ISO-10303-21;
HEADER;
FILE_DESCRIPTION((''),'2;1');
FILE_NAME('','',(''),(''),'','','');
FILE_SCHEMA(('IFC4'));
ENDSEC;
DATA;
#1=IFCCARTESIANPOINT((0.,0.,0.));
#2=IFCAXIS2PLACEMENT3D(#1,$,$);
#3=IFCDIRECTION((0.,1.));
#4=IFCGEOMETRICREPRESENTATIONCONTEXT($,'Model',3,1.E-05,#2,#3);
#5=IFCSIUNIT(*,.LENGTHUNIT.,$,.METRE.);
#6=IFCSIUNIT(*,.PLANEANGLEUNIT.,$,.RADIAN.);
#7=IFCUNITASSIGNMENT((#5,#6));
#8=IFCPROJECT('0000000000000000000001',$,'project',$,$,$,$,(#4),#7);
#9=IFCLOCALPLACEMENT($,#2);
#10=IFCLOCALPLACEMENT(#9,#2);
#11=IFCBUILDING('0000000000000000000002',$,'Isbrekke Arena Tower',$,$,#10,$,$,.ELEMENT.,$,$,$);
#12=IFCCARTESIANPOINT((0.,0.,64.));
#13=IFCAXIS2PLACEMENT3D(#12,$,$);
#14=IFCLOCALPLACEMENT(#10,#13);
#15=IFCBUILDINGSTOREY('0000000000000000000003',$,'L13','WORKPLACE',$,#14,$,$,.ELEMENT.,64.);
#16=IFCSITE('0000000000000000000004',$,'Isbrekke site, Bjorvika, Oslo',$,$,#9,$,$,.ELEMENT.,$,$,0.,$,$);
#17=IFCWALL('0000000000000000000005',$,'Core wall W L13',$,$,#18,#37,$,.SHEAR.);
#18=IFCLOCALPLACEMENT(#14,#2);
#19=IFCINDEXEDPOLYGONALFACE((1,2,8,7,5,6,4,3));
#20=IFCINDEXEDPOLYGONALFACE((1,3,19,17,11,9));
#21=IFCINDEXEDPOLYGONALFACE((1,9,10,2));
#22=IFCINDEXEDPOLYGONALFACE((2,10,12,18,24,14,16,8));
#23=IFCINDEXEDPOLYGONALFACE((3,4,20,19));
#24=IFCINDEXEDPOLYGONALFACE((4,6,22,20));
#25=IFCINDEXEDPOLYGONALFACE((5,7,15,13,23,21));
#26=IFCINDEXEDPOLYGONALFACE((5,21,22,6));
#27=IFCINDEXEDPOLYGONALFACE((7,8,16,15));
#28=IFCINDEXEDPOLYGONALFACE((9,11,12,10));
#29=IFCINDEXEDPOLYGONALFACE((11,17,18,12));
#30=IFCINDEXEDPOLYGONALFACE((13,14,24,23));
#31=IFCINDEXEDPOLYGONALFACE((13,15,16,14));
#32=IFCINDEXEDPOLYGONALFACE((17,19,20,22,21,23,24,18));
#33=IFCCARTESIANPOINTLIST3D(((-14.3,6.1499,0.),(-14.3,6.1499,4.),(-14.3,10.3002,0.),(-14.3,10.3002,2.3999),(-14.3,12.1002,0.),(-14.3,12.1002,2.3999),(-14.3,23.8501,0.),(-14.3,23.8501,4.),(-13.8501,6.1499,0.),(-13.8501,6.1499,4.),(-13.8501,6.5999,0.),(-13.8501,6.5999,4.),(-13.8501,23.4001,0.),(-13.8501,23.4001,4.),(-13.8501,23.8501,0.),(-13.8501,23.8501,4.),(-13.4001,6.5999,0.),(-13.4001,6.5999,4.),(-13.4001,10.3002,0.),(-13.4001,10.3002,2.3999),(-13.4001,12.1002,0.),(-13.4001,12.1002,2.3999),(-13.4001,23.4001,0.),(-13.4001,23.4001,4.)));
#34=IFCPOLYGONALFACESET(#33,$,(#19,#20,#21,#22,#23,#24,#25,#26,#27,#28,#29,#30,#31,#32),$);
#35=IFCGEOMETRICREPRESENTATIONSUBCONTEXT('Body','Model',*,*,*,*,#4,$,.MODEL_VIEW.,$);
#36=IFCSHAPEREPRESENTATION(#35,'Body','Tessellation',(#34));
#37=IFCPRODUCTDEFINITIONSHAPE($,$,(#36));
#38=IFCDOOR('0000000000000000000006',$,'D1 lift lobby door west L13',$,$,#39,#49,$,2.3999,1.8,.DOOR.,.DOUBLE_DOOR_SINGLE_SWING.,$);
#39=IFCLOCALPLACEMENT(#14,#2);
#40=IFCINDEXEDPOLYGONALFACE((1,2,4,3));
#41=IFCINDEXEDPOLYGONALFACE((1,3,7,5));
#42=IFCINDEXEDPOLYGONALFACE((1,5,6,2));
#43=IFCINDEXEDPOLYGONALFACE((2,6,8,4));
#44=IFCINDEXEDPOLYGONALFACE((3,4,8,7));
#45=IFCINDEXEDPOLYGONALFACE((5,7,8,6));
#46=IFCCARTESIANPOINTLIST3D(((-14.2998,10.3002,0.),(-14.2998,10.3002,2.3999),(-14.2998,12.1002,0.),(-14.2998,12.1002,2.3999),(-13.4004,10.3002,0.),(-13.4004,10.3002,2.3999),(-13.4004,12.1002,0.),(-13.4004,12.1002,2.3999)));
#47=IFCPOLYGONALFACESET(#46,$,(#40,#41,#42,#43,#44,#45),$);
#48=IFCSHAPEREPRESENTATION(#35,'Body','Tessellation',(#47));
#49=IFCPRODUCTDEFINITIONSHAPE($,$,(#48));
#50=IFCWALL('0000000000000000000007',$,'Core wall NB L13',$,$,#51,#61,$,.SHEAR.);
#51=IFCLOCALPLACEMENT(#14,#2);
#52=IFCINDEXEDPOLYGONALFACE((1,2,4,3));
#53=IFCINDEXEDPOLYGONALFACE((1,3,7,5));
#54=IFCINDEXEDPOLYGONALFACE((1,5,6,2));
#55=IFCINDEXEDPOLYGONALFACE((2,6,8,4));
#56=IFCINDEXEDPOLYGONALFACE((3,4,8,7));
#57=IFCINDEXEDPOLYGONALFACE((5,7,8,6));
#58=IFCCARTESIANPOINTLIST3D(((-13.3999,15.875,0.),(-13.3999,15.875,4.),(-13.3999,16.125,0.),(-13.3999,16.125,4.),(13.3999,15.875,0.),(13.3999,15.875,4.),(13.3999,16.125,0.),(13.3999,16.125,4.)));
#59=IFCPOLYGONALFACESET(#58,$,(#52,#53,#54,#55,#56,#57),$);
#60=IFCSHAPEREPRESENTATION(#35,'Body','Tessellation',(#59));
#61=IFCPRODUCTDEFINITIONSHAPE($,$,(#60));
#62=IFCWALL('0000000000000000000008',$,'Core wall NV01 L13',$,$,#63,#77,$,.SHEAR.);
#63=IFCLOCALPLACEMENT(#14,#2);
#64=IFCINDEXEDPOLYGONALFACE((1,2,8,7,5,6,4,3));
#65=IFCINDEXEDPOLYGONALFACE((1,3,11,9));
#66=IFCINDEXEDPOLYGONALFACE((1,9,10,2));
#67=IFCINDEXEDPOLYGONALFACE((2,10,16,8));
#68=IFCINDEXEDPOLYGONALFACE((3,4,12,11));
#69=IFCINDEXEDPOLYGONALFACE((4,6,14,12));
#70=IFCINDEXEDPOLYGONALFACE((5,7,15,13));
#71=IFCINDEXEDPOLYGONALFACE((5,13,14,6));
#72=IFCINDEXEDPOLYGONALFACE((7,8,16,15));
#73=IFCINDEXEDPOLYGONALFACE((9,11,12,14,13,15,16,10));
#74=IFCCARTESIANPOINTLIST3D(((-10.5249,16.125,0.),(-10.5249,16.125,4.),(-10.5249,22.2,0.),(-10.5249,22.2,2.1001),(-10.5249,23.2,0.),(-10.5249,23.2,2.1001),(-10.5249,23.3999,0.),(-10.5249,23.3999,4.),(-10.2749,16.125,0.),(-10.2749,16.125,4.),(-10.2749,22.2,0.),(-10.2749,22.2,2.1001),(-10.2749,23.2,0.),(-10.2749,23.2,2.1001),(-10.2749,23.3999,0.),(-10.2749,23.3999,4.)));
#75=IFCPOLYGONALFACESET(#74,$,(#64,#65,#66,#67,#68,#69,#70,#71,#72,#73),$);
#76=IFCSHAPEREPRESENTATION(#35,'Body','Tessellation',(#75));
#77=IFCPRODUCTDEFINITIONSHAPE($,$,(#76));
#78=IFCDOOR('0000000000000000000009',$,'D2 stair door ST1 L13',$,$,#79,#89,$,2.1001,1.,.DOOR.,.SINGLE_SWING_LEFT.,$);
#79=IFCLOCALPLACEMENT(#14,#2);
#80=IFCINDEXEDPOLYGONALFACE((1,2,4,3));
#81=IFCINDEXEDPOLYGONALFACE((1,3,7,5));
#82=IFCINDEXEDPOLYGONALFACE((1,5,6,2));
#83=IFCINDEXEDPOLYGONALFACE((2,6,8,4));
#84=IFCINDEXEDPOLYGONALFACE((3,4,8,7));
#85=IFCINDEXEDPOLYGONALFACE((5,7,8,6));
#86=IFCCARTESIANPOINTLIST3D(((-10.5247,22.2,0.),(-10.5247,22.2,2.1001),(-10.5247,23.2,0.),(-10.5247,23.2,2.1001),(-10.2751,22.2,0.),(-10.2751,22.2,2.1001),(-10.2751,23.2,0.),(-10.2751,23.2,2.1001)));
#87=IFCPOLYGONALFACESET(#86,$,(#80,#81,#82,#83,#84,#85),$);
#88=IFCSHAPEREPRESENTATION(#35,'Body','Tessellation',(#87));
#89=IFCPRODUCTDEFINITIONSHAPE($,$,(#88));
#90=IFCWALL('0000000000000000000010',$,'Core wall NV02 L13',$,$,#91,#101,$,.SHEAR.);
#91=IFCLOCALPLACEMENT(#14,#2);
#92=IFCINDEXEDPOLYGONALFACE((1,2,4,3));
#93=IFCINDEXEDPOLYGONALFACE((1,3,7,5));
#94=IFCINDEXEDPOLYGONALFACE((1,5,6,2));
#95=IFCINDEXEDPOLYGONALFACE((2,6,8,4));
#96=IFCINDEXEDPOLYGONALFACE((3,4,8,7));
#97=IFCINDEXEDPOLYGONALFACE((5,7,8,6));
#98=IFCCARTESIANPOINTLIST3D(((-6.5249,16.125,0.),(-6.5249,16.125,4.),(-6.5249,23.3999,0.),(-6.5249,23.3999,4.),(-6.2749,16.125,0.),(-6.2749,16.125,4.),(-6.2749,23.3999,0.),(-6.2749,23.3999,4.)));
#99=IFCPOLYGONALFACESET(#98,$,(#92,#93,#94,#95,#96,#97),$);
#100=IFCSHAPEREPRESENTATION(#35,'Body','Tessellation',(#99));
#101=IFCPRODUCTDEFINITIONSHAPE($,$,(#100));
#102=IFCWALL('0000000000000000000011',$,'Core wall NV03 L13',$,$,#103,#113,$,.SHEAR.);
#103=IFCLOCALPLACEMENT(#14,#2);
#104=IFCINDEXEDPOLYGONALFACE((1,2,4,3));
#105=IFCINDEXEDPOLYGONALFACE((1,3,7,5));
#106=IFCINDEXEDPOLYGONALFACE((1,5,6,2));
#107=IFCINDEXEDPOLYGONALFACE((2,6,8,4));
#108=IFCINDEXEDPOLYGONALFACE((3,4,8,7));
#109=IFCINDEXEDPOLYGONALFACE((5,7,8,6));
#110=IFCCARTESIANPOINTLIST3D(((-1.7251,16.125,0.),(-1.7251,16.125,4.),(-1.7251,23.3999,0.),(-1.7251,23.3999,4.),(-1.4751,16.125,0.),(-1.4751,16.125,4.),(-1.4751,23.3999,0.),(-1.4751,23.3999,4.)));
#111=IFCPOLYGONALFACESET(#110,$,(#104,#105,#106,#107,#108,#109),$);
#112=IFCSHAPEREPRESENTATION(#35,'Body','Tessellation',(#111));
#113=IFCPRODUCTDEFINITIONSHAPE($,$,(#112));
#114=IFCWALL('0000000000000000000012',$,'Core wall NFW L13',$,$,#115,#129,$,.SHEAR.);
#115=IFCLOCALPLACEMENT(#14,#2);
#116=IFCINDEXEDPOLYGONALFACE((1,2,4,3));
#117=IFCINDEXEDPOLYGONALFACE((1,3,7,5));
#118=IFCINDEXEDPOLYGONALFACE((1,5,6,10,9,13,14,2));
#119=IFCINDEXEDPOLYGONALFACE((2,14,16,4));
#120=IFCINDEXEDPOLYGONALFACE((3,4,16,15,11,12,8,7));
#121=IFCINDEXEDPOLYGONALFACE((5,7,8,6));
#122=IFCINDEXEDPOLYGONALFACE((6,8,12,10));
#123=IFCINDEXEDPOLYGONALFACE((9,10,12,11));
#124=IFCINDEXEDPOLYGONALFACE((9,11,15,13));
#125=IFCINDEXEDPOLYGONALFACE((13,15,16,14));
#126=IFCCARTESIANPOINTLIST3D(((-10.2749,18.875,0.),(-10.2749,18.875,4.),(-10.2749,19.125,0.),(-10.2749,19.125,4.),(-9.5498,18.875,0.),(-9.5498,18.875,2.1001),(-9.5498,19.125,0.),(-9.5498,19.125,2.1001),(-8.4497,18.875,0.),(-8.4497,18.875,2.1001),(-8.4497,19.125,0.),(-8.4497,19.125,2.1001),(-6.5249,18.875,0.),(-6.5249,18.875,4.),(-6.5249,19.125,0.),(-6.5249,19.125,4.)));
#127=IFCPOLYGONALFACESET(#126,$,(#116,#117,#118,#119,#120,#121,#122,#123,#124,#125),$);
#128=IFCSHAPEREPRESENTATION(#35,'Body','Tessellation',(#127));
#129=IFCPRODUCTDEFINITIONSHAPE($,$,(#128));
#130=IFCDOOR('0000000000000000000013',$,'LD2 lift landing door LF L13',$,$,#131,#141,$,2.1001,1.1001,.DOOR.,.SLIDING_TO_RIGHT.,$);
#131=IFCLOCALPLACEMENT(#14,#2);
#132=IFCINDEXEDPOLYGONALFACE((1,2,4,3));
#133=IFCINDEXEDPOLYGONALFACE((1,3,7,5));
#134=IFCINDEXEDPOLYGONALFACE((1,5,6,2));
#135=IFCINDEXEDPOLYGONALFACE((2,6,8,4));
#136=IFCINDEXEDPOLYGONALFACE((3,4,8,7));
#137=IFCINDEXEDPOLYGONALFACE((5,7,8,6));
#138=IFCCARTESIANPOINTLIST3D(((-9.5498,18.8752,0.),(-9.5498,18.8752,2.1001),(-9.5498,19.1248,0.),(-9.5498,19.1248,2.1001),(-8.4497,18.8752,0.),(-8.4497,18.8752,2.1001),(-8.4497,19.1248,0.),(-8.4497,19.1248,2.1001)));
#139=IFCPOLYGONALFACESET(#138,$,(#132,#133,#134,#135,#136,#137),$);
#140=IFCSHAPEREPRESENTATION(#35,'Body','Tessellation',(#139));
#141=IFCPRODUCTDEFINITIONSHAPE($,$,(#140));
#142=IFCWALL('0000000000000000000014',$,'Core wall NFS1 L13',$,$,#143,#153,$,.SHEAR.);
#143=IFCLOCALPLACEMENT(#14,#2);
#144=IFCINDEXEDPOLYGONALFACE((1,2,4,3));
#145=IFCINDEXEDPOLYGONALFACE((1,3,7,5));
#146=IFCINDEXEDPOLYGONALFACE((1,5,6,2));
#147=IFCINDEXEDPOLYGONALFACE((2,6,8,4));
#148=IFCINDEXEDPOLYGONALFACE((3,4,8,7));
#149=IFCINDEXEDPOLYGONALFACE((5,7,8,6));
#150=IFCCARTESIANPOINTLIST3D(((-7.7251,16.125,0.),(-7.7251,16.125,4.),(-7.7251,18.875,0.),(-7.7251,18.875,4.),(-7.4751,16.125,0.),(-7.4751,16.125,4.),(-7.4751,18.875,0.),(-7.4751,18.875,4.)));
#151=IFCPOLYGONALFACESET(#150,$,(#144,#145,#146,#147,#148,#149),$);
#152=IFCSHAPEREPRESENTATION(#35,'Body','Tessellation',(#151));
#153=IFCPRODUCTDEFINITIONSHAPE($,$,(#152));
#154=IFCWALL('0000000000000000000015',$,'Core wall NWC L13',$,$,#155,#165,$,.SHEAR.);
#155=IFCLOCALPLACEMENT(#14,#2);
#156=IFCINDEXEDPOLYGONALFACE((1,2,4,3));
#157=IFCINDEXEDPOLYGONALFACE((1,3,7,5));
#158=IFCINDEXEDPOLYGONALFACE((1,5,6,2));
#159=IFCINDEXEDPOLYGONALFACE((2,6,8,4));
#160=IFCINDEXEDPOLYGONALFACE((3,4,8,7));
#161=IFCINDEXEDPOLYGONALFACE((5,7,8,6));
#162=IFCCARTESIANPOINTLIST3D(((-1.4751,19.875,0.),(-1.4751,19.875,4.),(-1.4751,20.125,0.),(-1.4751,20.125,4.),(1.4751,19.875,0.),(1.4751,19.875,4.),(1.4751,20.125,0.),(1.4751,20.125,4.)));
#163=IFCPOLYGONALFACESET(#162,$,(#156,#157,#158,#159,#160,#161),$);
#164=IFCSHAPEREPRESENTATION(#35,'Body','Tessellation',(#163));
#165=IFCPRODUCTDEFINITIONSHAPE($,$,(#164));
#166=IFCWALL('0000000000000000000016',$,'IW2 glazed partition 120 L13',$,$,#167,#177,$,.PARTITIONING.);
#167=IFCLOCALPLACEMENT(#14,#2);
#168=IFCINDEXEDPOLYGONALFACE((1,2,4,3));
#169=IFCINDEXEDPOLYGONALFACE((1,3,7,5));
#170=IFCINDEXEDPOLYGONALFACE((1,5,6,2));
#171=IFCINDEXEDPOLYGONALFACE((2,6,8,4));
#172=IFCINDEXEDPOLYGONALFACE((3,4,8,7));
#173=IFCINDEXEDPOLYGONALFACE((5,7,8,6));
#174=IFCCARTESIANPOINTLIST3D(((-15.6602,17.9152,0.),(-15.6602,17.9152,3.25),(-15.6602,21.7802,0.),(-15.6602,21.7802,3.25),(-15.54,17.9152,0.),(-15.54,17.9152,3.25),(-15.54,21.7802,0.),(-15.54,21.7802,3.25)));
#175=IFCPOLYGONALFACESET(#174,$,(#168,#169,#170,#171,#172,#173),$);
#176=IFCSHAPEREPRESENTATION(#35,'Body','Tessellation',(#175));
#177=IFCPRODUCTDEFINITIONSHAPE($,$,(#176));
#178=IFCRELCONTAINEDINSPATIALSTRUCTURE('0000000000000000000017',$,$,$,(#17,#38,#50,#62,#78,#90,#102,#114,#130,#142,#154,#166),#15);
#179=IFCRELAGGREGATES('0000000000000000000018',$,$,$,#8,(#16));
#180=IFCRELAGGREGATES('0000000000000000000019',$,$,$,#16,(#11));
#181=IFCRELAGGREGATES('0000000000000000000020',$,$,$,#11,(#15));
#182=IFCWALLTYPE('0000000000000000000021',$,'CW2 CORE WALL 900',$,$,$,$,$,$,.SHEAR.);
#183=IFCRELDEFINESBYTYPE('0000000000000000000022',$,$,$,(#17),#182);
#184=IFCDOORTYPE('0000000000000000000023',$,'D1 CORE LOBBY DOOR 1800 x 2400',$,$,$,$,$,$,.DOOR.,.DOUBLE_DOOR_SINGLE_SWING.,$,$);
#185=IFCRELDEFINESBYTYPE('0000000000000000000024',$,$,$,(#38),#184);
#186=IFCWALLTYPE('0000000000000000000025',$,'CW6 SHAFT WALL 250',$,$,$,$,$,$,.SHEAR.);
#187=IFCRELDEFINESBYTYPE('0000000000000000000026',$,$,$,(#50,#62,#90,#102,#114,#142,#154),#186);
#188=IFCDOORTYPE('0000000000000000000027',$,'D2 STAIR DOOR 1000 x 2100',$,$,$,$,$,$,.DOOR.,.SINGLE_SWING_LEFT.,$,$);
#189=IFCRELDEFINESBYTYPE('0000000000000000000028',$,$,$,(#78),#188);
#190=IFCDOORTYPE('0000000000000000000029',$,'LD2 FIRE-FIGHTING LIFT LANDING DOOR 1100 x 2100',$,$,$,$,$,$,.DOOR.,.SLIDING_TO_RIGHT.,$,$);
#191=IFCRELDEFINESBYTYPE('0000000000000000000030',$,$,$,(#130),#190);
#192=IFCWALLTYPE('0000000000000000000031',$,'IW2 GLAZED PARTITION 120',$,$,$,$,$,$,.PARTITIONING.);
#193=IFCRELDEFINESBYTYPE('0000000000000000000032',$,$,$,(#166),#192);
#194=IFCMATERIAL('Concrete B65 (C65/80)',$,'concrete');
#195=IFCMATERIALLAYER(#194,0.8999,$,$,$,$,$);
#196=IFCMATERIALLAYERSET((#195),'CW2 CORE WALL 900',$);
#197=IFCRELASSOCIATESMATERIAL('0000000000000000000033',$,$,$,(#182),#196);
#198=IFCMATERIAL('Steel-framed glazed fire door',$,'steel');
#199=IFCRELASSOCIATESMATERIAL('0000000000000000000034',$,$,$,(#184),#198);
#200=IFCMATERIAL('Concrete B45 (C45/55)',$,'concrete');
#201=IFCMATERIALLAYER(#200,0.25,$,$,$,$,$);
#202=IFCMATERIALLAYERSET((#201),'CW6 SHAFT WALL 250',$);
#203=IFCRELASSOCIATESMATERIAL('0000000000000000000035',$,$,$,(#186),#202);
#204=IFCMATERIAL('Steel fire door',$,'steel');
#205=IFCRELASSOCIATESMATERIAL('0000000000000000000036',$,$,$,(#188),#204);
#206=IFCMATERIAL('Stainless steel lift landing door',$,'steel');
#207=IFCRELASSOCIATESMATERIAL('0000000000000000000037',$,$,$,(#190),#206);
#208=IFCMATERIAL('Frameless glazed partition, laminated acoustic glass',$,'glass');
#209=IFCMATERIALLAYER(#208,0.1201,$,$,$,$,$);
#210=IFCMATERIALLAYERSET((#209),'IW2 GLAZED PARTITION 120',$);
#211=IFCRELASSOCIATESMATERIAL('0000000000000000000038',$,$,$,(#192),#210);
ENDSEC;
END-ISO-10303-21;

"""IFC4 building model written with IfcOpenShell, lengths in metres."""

from ifc_helpers import new_model, si_unit, direction, frame, frame_2d, origin, place, context, subcontext, project, spatial, polyline, rectangle, outline, extrude, material, layer, layer_set, type_object, element, fill, save


model = new_model("IFC4")

# Units and contexts
model_context = context("Model", 3, precision=1e-05, world=origin(), true_north=direction((0.0, 1.0)))
body_context = subcontext(model_context, "Body", "Model", "MODEL_VIEW")
ifc_project = project(units=[si_unit("LENGTHUNIT", "METRE"), si_unit("PLANEANGLEUNIT", "RADIAN")], contexts=[model_context])

# Site, building, storey
site_placement = place(None, origin())
site = spatial("IfcSite", under=ifc_project, at=site_placement, Name="Isbrekke site, Bjorvika, Oslo", CompositionType="ELEMENT", RefElevation=0.0)
building_placement = place(site_placement, origin())
building = spatial("IfcBuilding", under=site, at=building_placement, Name="Isbrekke Arena Tower", CompositionType="ELEMENT")
storey_placement = place(building_placement, frame((0.0, 0.0, 64.0)))
storey = spatial("IfcBuildingStorey", under=building, at=storey_placement, Name="L13", Description="WORKPLACE", CompositionType="ELEMENT", Elevation=64.0)

# Wall, opening, door
ifc_material_1 = material(Name="Concrete B65 (C65/80)", Category="concrete")
ifc_layer_1 = layer(ifc_material_1, 0.8999)
ifc_layer_set_1 = layer_set([ifc_layer_1], Name="CW2 CORE WALL 900")
wall_type_1 = type_object("IfcWallType", Name="CW2 CORE WALL 900", PredefinedType="SHEAR", material=ifc_layer_set_1)
wall_1_placement = place(storey_placement, frame((-13.8501, 23.8501, 0.0), z_axis=(0.0, 0.0, 1.0), x_axis=(0.0, -1.0, 0.0)))
wall_1 = element("IfcWall", 1, at=wall_1_placement, inside=storey, type_object=wall_type_1, Name="Core wall W L13", PredefinedType="SHEAR", context=body_context, shape_type="SweptSolid", body=[
    extrude(outline(polyline([(0.0, -0.45), (17.7002, -0.45), (17.7002, 0.0), (17.2502, 0.0), (17.2502, 0.45), (0.45, 0.45), (0.45, 0.0), (0.0, 0.0), (0.0, -0.45)])), origin(), (0.0, 0.0, 1.0), 4.0),
])
opening_1_placement = place(wall_1_placement, frame((11.75, 0.0, 0.0)))
opening_1 = element("IfcOpeningElement", 2, at=opening_1_placement, cuts=wall_1, PredefinedType="OPENING", context=body_context, shape_type="SweptSolid", body=[
    extrude(rectangle(XDim=1.8, YDim=2.3999, at=frame_2d((0.8999, 1.2))), frame((0.0, 0.4648, 0.0), z_axis=(0.0, -1.0, 0.0), x_axis=(1.0, 0.0, 0.0)), (0.0, 0.0, 1.0), 0.9297),
])
ifc_material_2 = material(Name="Steel-framed glazed fire door", Category="steel")
door_type_1 = type_object("IfcDoorType", Name="D1 CORE LOBBY DOOR 1800 x 2400", OperationType="DOUBLE_DOOR_SINGLE_SWING", PredefinedType="DOOR", material=ifc_material_2)
door_1_placement = place(opening_1_placement, origin())
door_1 = element("IfcDoor", 3, at=door_1_placement, inside=storey, type_object=door_type_1, Name="D1 lift lobby door west L13", OperationType="DOUBLE_DOOR_SINGLE_SWING", OverallHeight=2.3999, OverallWidth=1.8, PredefinedType="DOOR", context=body_context, shape_type="SweptSolid", body=[
    extrude(rectangle(XDim=1.8, YDim=2.3999, at=frame_2d((0.8999, 1.2))), frame((0.0, 0.4497, 0.0), z_axis=(0.0, -1.0, 0.0), x_axis=(1.0, 0.0, 0.0)), (0.0, 0.0, 1.0), 0.8994),
])
fill(opening_1, door_1)

# Wall
ifc_material_3 = material(Name="Concrete B45 (C45/55)", Category="concrete")
ifc_layer_2 = layer(ifc_material_3, 0.25)
ifc_layer_set_2 = layer_set([ifc_layer_2], Name="CW6 SHAFT WALL 250")
wall_type_2 = type_object("IfcWallType", Name="CW6 SHAFT WALL 250", PredefinedType="SHEAR", material=ifc_layer_set_2)
wall_2_placement = place(storey_placement, frame((-13.3999, 16.0, 0.0), z_axis=(0.0, 0.0, 1.0), x_axis=(1.0, 0.0, 0.0)))
element("IfcWall", 4, at=wall_2_placement, inside=storey, type_object=wall_type_2, Name="Core wall NB L13", PredefinedType="SHEAR", context=body_context, shape_type="SweptSolid", body=[
    extrude(rectangle(XDim=26.7998, YDim=0.25, at=frame_2d((13.3999, 0.0))), origin(), (0.0, 0.0, 1.0), 4.0),
])

# Wall, opening, door
wall_3_placement = place(storey_placement, frame((-10.3999, 16.125, 0.0), z_axis=(0.0, 0.0, 1.0), x_axis=(0.0, 1.0, 0.0)))
wall_3 = element("IfcWall", 5, at=wall_3_placement, inside=storey, type_object=wall_type_2, Name="Core wall NV01 L13", PredefinedType="SHEAR", context=body_context, shape_type="SweptSolid", body=[
    extrude(rectangle(XDim=7.2749, YDim=0.25, at=frame_2d((3.6375, 0.0))), origin(), (0.0, 0.0, 1.0), 4.0),
])
opening_2_placement = place(wall_3_placement, frame((6.075, 0.0, 0.0)))
opening_2 = element("IfcOpeningElement", 6, at=opening_2_placement, cuts=wall_3, PredefinedType="OPENING", context=body_context, shape_type="SweptSolid", body=[
    extrude(rectangle(XDim=1.0, YDim=2.1001, at=frame_2d((0.5, 1.05))), frame((0.0, 0.1399, 0.0), z_axis=(0.0, -1.0, 0.0), x_axis=(1.0, 0.0, 0.0)), (0.0, 0.0, 1.0), 0.2798),
])
ifc_material_4 = material(Name="Steel fire door", Category="steel")
door_type_2 = type_object("IfcDoorType", Name="D2 STAIR DOOR 1000 x 2100", OperationType="SINGLE_SWING_LEFT", PredefinedType="DOOR", material=ifc_material_4)
door_2_placement = place(opening_2_placement, origin())
door_2 = element("IfcDoor", 7, at=door_2_placement, inside=storey, type_object=door_type_2, Name="D2 stair door ST1 L13", OperationType="SINGLE_SWING_LEFT", OverallHeight=2.1001, OverallWidth=1.0, PredefinedType="DOOR", context=body_context, shape_type="SweptSolid", body=[
    extrude(rectangle(XDim=1.0, YDim=2.1001, at=frame_2d((0.5, 1.05))), frame((0.0, 0.1248, 0.0), z_axis=(0.0, -1.0, 0.0), x_axis=(1.0, 0.0, 0.0)), (0.0, 0.0, 1.0), 0.2495),
])
fill(opening_2, door_2)

# Walls
for number, where, z_axis, x_axis, name in (
    (8, (-6.3999, 16.125, 0.0), (0.0, 0.0, 1.0), (0.0, 1.0, 0.0), "Core wall NV02 L13"),
    (9, (-1.6001, 16.125, 0.0), (0.0, 0.0, 1.0), (0.0, 1.0, 0.0), "Core wall NV03 L13"),
):
    element("IfcWall", number, at=place(storey_placement, frame(where, z_axis=z_axis, x_axis=x_axis)), inside=storey, type_object=wall_type_2, Name=name, PredefinedType="SHEAR", context=body_context, shape_type="SweptSolid", body=[
        extrude(rectangle(XDim=7.2749, YDim=0.25, at=frame_2d((3.6375, 0.0))), origin(), (0.0, 0.0, 1.0), 4.0),
    ])

# Wall, opening, door
wall_4_placement = place(storey_placement, frame((-10.2749, 19.0, 0.0), z_axis=(0.0, 0.0, 1.0), x_axis=(1.0, 0.0, 0.0)))
wall_4 = element("IfcWall", 10, at=wall_4_placement, inside=storey, type_object=wall_type_2, Name="Core wall NFW L13", PredefinedType="SHEAR", context=body_context, shape_type="SweptSolid", body=[
    extrude(rectangle(XDim=3.75, YDim=0.25, at=frame_2d((1.875, 0.0))), origin(), (0.0, 0.0, 1.0), 4.0),
])
opening_3_placement = place(wall_4_placement, frame((0.7251, 0.0, 0.0)))
opening_3 = element("IfcOpeningElement", 11, at=opening_3_placement, cuts=wall_4, PredefinedType="OPENING", context=body_context, shape_type="SweptSolid", body=[
    extrude(rectangle(XDim=1.1001, YDim=2.1001, at=frame_2d((0.55, 1.05))), frame((0.0, 0.1399, 0.0), z_axis=(0.0, -1.0, 0.0), x_axis=(1.0, 0.0, 0.0)), (0.0, 0.0, 1.0), 0.2798),
])
ifc_material_5 = material(Name="Stainless steel lift landing door", Category="steel")
door_type_3 = type_object("IfcDoorType", Name="LD2 FIRE-FIGHTING LIFT LANDING DOOR 1100 x 2100", OperationType="SLIDING_TO_RIGHT", PredefinedType="DOOR", material=ifc_material_5)
door_3_placement = place(opening_3_placement, origin())
door_3 = element("IfcDoor", 12, at=door_3_placement, inside=storey, type_object=door_type_3, Name="LD2 lift landing door LF L13", OperationType="SLIDING_TO_RIGHT", OverallHeight=2.1001, OverallWidth=1.1001, PredefinedType="DOOR", context=body_context, shape_type="SweptSolid", body=[
    extrude(rectangle(XDim=1.1001, YDim=2.1001, at=frame_2d((0.55, 1.05))), frame((0.0, 0.1248, 0.0), z_axis=(0.0, -1.0, 0.0), x_axis=(1.0, 0.0, 0.0)), (0.0, 0.0, 1.0), 0.2495),
])
fill(opening_3, door_3)

# Walls
wall_5_placement = place(storey_placement, frame((-7.6001, 16.125, 0.0), z_axis=(0.0, 0.0, 1.0), x_axis=(0.0, 1.0, 0.0)))
element("IfcWall", 13, at=wall_5_placement, inside=storey, type_object=wall_type_2, Name="Core wall NFS1 L13", PredefinedType="SHEAR", context=body_context, shape_type="SweptSolid", body=[
    extrude(rectangle(XDim=2.75, YDim=0.25, at=frame_2d((1.375, 0.0))), origin(), (0.0, 0.0, 1.0), 4.0),
])
wall_6_placement = place(storey_placement, frame((-1.4751, 20.0, 0.0), z_axis=(0.0, 0.0, 1.0), x_axis=(1.0, 0.0, 0.0)))
element("IfcWall", 14, at=wall_6_placement, inside=storey, type_object=wall_type_2, Name="Core wall NWC L13", PredefinedType="SHEAR", context=body_context, shape_type="SweptSolid", body=[
    extrude(rectangle(XDim=2.9502, YDim=0.25, at=frame_2d((1.4751, 0.0))), origin(), (0.0, 0.0, 1.0), 4.0),
])
ifc_material_6 = material(Name="Frameless glazed partition, laminated acoustic glass", Category="glass")
ifc_layer_3 = layer(ifc_material_6, 0.1201)
ifc_layer_set_3 = layer_set([ifc_layer_3], Name="IW2 GLAZED PARTITION 120")
wall_type_3 = type_object("IfcWallType", Name="IW2 GLAZED PARTITION 120", PredefinedType="PARTITIONING", material=ifc_layer_set_3)
wall_7_placement = place(storey_placement, frame((-15.6001, 17.915, 0.0), z_axis=(0.0, 0.0, 1.0), x_axis=(0.0, 1.0, 0.0)))
element("IfcWall", 15, at=wall_7_placement, inside=storey, type_object=wall_type_3, Name="IW2 glazed partition 120 L13", PredefinedType="PARTITIONING", context=body_context, shape_type="SweptSolid", body=[
    extrude(rectangle(XDim=3.865, YDim=0.1201, at=frame_2d((1.9326, 0.0))), origin(), (0.0, 0.0, 1.0), 3.25),
])

save(model, "model.ifc")
